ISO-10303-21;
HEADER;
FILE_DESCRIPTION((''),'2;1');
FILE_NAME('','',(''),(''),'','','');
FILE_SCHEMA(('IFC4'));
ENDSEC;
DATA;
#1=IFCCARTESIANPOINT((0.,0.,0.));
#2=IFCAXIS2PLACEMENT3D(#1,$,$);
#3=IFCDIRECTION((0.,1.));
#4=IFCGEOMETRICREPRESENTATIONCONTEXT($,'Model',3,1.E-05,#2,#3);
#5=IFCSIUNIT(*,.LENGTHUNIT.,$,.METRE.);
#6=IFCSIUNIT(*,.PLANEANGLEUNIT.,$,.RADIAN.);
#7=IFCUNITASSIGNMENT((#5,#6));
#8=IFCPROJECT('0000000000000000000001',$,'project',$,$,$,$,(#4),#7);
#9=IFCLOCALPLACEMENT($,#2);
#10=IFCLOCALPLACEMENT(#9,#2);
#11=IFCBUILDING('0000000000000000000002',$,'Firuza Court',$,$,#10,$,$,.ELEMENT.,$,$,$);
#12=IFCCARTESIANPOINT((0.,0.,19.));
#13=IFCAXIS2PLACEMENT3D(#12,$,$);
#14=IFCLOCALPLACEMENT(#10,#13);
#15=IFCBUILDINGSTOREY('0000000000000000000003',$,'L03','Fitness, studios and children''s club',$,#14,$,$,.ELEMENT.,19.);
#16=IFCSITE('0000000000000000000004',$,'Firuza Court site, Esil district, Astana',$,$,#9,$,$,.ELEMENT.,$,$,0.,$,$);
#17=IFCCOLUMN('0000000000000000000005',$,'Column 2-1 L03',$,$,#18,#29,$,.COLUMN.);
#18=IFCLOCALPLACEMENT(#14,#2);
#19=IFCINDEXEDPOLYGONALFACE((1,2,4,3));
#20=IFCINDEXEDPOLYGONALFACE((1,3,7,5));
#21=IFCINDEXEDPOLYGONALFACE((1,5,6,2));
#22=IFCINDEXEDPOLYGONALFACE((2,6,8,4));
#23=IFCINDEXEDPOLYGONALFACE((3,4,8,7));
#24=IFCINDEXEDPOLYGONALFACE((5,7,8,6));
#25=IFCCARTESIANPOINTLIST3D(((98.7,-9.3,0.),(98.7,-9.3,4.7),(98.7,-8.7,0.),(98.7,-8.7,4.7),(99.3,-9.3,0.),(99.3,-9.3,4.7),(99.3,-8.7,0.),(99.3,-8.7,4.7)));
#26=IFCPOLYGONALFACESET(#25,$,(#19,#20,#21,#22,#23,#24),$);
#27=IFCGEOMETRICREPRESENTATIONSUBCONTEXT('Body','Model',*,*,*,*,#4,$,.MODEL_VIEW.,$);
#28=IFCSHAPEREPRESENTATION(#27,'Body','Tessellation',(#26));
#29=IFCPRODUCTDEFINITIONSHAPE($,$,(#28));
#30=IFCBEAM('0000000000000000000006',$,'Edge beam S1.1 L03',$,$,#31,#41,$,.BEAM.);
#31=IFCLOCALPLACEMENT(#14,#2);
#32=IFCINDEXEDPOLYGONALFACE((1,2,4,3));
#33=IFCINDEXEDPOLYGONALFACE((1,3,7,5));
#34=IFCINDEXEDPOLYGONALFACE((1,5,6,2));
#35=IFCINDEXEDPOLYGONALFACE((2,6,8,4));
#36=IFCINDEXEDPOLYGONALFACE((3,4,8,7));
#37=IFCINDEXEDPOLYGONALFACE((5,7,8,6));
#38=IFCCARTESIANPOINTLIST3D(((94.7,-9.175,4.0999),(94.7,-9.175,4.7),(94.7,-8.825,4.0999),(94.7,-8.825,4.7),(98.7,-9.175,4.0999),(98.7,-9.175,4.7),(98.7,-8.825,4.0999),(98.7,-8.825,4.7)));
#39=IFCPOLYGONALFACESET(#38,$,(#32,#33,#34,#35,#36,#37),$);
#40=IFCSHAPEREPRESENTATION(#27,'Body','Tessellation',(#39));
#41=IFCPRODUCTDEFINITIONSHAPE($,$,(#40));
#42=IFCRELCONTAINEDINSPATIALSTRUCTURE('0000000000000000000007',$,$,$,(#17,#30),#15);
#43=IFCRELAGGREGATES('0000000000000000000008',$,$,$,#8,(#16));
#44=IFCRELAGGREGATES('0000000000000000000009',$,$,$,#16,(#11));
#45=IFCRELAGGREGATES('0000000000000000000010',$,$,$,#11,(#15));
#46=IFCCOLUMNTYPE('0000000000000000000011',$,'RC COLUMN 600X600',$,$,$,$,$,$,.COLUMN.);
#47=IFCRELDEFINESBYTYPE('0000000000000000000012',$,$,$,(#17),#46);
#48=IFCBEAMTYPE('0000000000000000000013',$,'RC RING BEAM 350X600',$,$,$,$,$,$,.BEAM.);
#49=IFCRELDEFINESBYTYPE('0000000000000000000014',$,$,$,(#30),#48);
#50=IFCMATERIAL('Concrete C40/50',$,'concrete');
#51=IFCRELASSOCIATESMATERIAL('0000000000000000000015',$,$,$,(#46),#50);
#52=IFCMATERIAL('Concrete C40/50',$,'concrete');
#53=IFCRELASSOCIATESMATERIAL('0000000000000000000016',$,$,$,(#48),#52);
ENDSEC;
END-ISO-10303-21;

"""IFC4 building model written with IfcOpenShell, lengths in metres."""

from ifc_helpers import new_model, si_unit, direction, frame, origin, origin_2d, place, context, subcontext, project, spatial, rectangle, extrude, material, material_profile, profile_set, type_object, element, save


model = new_model("IFC4")

# Units and contexts
model_context = context("Model", 3, precision=1e-05, world=origin(), true_north=direction((0.0, 1.0)))
body_context = subcontext(model_context, "Body", "Model", "MODEL_VIEW")
ifc_project = project(units=[si_unit("LENGTHUNIT", "METRE"), si_unit("PLANEANGLEUNIT", "RADIAN")], contexts=[model_context])

# Site, building, storey
site_placement = place(None, origin())
site = spatial("IfcSite", under=ifc_project, at=site_placement, Name="Firuza Court site, Esil district, Astana", CompositionType="ELEMENT", RefElevation=0.0)
building_placement = place(site_placement, origin())
building = spatial("IfcBuilding", under=site, at=building_placement, Name="Firuza Court", CompositionType="ELEMENT")
storey_placement = place(building_placement, frame((0.0, 0.0, 19.0)))
storey = spatial("IfcBuildingStorey", under=building, at=storey_placement, Name="L03", Description="Fitness, studios and children's club", CompositionType="ELEMENT", Elevation=19.0)

# Column
ifc_material_1 = material(Name="Concrete C40/50", Category="concrete")
ifc_material_profile_1 = material_profile(ifc_material_1, rectangle(XDim=0.6001, YDim=0.6001, at=origin_2d()), Name="RC 600X600")
ifc_profile_set_1 = profile_set([ifc_material_profile_1], Name="Concrete C40/50")
column_type = type_object("IfcColumnType", Name="RC COLUMN 600X600", PredefinedType="COLUMN", material=ifc_profile_set_1)
column_placement = place(storey_placement, frame((99.0, -9.0, 0.0), z_axis=(0.0, 0.0, 1.0), x_axis=(1.0, 0.0, 0.0)))
element("IfcColumn", 1, at=column_placement, inside=storey, type_object=column_type, Name="Column 2-1 L03", PredefinedType="COLUMN", context=body_context, shape_type="SweptSolid", body=[
    extrude(rectangle(XDim=0.6001, YDim=0.6001, at=origin_2d()), origin(), (0.0, 0.0, 1.0), 4.7),
])

# Beam
ifc_material_2 = material(Name="Concrete C40/50", Category="concrete")
ifc_material_profile_2 = material_profile(ifc_material_2, rectangle(XDim=0.3501, YDim=0.6001, at=origin_2d()), Name="RC 350X600")
ifc_profile_set_2 = profile_set([ifc_material_profile_2], Name="Concrete C40/50")
beam_type = type_object("IfcBeamType", Name="RC RING BEAM 350X600", PredefinedType="BEAM", material=ifc_profile_set_2)
beam_placement = place(storey_placement, frame((94.7, -9.0, 4.3999), z_axis=(1.0, 0.0, 0.0), x_axis=(0.0, 1.0, 0.0)))
element("IfcBeam", 2, at=beam_placement, inside=storey, type_object=beam_type, Name="Edge beam S1.1 L03", PredefinedType="BEAM", context=body_context, shape_type="SweptSolid", body=[
    extrude(rectangle(XDim=0.3501, YDim=0.6001, at=origin_2d()), origin(), (0.0, 0.0, 1.0), 4.0),
])

save(model, "model.ifc")
